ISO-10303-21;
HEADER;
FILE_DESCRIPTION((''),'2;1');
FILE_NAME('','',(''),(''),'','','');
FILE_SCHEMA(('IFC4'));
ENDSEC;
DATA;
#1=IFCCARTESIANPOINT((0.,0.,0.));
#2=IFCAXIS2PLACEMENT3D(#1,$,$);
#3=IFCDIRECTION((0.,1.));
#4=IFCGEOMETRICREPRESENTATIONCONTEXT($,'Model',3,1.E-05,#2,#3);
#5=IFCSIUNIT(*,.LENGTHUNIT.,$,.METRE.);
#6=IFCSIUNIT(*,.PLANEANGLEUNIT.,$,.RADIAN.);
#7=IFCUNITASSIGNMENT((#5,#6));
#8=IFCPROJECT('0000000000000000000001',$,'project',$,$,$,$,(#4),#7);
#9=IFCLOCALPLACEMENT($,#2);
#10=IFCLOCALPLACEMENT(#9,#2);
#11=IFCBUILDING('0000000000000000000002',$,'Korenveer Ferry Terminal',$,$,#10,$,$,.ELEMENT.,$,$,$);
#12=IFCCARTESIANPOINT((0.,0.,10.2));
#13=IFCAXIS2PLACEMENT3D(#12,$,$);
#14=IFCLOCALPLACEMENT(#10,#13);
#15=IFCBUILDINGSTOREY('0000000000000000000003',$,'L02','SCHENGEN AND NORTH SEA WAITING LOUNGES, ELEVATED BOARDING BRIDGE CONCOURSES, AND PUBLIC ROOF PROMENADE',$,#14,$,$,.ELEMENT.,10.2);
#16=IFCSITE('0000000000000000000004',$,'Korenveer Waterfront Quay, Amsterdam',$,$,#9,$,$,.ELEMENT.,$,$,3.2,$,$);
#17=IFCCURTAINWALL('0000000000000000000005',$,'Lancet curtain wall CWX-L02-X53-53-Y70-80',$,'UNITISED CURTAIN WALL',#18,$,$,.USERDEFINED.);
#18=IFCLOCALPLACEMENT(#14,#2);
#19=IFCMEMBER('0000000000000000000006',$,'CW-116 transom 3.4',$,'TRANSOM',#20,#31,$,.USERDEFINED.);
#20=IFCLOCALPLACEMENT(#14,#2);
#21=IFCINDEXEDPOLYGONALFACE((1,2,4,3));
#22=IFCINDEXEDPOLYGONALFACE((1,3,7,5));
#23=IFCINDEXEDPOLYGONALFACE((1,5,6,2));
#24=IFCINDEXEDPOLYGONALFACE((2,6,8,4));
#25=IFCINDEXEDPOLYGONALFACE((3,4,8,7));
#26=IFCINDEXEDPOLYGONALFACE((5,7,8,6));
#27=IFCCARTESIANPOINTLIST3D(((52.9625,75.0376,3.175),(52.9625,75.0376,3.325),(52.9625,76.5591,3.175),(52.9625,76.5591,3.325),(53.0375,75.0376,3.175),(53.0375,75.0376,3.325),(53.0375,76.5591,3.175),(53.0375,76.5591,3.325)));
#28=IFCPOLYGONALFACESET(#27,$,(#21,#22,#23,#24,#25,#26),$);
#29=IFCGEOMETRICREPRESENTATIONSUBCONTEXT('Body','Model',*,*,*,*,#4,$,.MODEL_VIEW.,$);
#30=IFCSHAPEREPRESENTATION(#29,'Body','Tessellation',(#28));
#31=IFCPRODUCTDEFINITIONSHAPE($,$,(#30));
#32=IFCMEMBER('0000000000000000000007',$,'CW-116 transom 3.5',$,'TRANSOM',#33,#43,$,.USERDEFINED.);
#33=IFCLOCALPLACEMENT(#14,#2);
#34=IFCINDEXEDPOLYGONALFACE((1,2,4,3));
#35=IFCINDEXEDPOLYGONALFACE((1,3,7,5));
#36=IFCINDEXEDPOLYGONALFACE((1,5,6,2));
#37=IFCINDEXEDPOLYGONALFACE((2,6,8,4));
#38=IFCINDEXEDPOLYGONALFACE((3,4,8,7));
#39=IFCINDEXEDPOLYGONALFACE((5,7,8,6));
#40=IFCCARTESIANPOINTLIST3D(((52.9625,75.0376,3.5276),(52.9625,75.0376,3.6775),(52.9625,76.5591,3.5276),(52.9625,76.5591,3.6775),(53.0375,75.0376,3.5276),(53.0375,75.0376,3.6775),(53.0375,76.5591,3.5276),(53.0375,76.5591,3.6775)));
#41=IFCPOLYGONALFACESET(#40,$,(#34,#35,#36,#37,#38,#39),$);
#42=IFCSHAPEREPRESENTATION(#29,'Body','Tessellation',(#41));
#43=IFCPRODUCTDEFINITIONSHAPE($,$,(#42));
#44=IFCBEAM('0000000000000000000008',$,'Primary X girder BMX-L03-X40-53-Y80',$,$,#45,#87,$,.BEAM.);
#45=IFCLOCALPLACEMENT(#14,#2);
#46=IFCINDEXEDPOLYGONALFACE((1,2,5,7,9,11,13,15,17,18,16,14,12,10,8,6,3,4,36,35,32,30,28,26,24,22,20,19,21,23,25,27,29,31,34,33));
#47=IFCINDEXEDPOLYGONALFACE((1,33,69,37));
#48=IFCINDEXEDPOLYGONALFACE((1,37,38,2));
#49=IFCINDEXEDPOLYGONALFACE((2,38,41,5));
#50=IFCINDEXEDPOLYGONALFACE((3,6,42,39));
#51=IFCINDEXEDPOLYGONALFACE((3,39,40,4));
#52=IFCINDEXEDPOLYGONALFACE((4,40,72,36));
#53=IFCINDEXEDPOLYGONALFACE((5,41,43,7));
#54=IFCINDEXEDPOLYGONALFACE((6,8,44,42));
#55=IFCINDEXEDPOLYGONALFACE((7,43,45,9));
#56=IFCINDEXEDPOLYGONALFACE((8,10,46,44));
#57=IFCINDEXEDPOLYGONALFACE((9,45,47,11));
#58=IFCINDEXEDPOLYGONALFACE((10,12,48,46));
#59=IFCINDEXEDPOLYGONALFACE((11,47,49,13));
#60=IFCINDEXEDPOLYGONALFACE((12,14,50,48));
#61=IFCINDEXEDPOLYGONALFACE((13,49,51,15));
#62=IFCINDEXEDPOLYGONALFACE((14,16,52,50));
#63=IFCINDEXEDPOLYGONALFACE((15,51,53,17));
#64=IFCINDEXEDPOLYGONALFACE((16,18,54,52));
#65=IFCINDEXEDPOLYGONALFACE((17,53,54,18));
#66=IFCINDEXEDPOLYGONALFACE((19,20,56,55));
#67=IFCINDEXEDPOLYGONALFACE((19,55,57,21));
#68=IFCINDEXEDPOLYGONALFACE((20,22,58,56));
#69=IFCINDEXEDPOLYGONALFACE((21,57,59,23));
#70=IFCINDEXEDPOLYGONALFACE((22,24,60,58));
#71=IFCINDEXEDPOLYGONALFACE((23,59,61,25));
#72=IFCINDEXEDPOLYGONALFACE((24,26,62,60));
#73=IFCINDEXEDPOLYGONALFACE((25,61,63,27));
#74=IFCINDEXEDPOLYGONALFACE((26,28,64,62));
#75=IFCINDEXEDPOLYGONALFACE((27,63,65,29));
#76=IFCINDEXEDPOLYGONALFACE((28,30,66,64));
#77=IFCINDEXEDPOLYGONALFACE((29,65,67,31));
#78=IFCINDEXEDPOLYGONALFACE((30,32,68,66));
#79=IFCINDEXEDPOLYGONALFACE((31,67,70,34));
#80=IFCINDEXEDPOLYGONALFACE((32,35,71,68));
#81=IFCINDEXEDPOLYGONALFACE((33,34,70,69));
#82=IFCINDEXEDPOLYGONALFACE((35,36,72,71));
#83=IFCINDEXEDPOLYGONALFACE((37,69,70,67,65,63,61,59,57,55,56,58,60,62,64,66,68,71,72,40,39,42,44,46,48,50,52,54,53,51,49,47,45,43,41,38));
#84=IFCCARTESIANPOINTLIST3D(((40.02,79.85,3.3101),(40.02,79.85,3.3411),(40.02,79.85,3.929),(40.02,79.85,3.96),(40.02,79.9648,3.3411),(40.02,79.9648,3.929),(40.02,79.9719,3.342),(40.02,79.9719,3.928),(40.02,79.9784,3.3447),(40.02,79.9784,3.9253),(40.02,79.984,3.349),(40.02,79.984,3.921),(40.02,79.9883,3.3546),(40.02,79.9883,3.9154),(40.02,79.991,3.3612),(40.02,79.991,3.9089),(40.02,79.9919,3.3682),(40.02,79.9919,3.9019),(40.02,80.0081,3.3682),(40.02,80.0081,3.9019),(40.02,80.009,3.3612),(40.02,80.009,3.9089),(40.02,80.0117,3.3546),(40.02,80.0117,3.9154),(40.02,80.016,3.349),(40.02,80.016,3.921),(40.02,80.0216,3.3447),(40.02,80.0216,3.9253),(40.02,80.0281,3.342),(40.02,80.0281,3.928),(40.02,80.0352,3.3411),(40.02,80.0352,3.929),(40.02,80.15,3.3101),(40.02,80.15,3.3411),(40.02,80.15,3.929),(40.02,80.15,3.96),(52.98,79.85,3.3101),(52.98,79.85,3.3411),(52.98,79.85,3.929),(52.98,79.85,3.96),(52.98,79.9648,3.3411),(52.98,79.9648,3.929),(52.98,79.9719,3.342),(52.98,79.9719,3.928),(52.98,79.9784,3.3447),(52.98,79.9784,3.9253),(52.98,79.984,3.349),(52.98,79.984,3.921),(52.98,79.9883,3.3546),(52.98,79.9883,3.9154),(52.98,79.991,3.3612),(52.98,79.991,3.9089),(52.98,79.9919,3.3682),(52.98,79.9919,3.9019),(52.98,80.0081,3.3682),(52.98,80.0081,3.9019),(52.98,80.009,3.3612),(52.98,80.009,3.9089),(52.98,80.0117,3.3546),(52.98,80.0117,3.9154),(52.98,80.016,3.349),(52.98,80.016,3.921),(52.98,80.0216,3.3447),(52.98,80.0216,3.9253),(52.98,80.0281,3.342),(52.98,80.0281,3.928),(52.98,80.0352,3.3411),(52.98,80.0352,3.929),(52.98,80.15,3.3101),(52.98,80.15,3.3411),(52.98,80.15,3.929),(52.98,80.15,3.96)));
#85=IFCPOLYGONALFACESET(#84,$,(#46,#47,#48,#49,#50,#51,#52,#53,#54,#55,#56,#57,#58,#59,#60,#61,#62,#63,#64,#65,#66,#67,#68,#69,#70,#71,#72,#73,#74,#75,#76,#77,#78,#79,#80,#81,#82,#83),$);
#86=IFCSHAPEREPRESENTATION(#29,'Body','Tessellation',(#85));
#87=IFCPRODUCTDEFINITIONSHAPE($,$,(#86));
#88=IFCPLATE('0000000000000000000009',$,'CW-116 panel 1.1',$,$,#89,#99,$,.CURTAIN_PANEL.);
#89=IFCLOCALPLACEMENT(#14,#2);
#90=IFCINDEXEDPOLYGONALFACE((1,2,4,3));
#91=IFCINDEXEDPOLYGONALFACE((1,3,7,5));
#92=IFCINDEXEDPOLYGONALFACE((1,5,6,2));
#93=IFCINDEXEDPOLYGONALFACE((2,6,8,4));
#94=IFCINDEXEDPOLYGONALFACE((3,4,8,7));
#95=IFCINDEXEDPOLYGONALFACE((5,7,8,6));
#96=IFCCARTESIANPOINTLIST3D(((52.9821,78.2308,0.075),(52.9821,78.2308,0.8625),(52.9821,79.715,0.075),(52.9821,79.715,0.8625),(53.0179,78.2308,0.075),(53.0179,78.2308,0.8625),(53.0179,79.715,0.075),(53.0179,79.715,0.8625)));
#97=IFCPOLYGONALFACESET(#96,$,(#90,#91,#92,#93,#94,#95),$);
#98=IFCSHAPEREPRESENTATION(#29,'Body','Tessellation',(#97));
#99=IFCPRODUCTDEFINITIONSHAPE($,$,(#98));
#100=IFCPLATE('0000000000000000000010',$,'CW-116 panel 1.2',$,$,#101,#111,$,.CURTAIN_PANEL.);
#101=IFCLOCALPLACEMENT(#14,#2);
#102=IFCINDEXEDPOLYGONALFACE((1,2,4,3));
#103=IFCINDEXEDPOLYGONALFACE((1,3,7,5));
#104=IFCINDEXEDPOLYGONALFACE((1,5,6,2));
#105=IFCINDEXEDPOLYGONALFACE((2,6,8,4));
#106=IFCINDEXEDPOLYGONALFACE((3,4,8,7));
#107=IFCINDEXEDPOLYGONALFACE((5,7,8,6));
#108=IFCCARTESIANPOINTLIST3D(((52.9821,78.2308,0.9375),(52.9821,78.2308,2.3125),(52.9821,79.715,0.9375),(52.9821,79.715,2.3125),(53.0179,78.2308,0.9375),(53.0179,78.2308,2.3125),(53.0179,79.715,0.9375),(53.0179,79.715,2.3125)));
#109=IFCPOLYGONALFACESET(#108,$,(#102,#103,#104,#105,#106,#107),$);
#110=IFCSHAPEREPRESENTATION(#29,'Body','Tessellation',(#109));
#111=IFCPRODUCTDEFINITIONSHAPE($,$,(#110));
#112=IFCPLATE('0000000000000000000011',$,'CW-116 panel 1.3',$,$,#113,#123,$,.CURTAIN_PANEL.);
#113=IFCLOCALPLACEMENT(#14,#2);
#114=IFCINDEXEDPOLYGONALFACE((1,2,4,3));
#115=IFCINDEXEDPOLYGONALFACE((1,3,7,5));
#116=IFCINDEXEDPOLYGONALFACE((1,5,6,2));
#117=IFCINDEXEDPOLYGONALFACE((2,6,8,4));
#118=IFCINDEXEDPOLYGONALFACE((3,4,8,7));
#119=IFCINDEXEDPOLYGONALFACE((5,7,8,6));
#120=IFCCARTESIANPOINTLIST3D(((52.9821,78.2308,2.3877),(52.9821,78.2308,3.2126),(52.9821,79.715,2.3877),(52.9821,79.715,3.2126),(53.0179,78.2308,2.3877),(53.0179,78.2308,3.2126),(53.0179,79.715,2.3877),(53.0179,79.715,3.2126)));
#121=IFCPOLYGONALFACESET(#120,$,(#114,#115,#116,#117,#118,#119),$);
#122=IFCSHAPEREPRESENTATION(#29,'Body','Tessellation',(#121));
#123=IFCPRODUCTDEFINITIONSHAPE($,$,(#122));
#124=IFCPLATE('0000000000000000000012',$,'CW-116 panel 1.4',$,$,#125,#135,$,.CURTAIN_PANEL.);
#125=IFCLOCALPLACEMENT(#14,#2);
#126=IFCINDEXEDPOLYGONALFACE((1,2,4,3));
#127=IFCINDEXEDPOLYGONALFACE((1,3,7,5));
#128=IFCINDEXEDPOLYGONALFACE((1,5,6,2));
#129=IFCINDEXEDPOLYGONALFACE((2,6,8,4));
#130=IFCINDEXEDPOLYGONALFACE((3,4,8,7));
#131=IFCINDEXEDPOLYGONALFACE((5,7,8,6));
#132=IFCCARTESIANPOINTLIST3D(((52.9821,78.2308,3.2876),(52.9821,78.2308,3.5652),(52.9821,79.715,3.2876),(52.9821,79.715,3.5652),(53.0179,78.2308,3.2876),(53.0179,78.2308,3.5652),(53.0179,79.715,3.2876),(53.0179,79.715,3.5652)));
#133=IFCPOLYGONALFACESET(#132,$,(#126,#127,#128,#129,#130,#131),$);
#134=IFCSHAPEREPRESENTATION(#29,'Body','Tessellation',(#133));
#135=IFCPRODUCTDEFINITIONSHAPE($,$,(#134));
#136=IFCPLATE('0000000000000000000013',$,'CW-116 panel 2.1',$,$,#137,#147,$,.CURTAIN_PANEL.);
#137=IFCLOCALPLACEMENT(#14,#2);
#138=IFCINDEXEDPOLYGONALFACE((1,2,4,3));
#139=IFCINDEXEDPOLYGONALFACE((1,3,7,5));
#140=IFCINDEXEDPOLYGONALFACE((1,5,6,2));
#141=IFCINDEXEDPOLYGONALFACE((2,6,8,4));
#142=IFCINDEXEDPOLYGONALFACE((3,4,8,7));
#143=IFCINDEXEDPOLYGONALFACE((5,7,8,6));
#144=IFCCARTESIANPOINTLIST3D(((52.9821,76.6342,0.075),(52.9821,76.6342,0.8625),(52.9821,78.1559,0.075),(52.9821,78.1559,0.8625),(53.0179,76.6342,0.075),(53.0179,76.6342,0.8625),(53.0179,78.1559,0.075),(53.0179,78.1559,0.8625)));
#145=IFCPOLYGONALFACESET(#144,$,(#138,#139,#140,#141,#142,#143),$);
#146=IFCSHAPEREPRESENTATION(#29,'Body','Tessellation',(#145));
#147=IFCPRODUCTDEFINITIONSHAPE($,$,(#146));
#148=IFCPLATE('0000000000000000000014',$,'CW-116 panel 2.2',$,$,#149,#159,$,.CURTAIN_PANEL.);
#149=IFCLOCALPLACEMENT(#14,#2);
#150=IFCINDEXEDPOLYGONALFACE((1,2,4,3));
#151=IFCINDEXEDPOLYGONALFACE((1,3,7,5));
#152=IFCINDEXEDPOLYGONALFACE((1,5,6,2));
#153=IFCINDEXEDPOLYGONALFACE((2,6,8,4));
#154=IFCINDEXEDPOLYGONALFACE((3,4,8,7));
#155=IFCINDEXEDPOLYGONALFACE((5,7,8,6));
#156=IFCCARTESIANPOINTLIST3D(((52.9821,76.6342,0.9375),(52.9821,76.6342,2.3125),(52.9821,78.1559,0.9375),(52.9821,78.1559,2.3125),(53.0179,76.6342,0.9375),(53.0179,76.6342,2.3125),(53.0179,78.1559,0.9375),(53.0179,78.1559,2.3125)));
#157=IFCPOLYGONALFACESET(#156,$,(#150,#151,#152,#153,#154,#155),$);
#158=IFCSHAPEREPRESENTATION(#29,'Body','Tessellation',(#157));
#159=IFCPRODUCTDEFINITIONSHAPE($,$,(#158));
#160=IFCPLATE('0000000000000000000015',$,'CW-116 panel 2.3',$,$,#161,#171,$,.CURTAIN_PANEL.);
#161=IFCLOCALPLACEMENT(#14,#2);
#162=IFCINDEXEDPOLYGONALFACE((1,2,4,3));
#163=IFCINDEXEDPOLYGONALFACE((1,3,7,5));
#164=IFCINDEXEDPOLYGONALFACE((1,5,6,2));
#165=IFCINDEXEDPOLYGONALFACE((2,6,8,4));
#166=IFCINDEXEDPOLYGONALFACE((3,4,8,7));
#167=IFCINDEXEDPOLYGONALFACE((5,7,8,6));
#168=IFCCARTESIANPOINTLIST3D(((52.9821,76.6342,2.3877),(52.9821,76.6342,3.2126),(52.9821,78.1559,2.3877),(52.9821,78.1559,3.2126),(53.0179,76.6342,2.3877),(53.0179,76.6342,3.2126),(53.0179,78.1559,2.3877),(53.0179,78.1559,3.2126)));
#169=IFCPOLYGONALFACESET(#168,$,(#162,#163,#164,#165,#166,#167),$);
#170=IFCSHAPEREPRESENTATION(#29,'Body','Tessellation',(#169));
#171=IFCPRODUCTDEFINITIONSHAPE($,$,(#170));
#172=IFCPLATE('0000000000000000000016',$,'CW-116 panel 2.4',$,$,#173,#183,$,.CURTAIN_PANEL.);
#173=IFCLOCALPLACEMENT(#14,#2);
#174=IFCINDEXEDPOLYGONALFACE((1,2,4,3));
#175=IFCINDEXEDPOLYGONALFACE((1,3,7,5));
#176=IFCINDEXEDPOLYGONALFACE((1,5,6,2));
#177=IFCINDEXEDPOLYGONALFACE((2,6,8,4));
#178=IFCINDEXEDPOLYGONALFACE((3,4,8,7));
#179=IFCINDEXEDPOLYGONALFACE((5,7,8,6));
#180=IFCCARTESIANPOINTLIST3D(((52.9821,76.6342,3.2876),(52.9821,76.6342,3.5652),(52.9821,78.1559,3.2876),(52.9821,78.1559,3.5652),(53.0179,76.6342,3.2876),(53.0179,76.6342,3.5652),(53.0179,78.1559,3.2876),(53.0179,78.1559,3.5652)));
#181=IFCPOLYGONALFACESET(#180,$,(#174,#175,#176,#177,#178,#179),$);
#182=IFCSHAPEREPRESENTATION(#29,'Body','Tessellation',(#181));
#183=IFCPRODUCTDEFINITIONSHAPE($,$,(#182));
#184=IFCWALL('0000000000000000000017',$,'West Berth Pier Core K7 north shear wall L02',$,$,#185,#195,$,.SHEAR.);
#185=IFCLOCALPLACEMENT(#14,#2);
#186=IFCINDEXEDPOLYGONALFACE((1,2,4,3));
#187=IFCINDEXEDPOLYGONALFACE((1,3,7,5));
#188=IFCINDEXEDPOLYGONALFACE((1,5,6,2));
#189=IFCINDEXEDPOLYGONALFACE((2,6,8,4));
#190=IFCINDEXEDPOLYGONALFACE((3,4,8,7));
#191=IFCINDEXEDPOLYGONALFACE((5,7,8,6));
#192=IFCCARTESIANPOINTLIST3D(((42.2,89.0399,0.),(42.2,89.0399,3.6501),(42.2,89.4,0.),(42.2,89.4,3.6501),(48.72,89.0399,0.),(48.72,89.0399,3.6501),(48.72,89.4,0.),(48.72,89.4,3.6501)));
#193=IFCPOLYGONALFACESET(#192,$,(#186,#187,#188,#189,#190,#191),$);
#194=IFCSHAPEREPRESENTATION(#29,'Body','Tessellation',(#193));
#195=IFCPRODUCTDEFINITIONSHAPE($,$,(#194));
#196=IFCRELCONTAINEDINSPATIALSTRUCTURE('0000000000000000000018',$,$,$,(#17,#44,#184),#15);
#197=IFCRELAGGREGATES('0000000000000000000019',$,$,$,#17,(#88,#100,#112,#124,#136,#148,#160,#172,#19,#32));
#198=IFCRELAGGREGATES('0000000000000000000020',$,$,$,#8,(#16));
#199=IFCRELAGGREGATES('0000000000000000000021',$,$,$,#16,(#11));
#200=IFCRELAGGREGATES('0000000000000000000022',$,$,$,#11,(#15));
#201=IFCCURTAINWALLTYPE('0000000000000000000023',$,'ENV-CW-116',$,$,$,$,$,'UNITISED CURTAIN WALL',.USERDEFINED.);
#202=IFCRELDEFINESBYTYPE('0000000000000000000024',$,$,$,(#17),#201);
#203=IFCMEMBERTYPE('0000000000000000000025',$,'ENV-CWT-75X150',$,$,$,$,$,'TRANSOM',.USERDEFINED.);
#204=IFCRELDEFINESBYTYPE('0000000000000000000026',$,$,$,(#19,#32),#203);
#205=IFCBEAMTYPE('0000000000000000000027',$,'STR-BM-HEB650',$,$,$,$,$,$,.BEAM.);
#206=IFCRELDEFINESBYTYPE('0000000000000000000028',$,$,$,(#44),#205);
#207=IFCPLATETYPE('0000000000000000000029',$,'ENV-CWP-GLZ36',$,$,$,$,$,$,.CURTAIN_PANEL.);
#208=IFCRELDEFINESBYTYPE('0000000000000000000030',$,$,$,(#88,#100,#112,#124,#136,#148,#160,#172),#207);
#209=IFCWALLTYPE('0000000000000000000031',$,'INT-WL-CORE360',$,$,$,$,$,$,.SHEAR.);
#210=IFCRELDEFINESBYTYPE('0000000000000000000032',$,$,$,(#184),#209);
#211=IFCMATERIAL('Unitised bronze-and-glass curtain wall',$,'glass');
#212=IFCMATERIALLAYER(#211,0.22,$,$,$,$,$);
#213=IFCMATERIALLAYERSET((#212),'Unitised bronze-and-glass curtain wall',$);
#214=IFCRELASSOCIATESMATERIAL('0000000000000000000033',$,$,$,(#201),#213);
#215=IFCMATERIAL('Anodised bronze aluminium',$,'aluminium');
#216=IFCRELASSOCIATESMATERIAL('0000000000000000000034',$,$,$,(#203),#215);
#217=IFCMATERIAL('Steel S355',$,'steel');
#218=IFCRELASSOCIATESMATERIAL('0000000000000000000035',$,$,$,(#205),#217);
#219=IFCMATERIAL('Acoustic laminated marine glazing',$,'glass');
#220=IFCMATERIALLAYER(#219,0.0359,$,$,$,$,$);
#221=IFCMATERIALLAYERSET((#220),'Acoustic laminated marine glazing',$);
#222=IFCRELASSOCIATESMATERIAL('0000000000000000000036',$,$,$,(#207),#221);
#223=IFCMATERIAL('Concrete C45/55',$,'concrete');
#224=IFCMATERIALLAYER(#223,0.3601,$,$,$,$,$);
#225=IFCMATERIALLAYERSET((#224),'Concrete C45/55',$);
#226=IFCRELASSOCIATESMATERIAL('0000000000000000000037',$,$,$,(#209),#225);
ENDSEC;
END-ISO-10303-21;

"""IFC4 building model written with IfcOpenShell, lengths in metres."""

from ifc_helpers import new_model, si_unit, direction, frame, frame_2d, origin, origin_2d, place, context, subcontext, project, spatial, rectangle, i_section, extrude, material, layer, layer_set, material_profile, profile_set, type_object, element, aggregate, save


model = new_model("IFC4")

# Units and contexts
model_context = context("Model", 3, precision=1e-05, world=origin(), true_north=direction((0.0, 1.0)))
body_context = subcontext(model_context, "Body", "Model", "MODEL_VIEW")
ifc_project = project(units=[si_unit("LENGTHUNIT", "METRE"), si_unit("PLANEANGLEUNIT", "RADIAN")], contexts=[model_context])

# Site, building, storey
site_placement = place(None, origin())
site = spatial("IfcSite", under=ifc_project, at=site_placement, Name="Korenveer Waterfront Quay, Amsterdam", CompositionType="ELEMENT", RefElevation=3.2)
building_placement = place(site_placement, origin())
building = spatial("IfcBuilding", under=site, at=building_placement, Name="Korenveer Ferry Terminal", CompositionType="ELEMENT")
storey_placement = place(building_placement, frame((0.0, 0.0, 10.2)))
storey = spatial("IfcBuildingStorey", under=building, at=storey_placement, Name="L02", Description="SCHENGEN AND NORTH SEA WAITING LOUNGES, ELEVATED BOARDING BRIDGE CONCOURSES, AND PUBLIC ROOF PROMENADE", CompositionType="ELEMENT", Elevation=10.2)

# Curtain wall, members
ifc_material_1 = material(Name="Unitised bronze-and-glass curtain wall", Category="glass")
ifc_layer_1 = layer(ifc_material_1, 0.22)
ifc_layer_set_1 = layer_set([ifc_layer_1], Name="Unitised bronze-and-glass curtain wall")
curtain_wall_type = type_object("IfcCurtainWallType", Name="ENV-CW-116", ElementType="UNITISED CURTAIN WALL", PredefinedType="USERDEFINED", material=ifc_layer_set_1)
curtain_wall_placement = place(storey_placement, frame((53.0, 79.79, 0.0)))
curtain_wall = element("IfcCurtainWall", 1, at=curtain_wall_placement, inside=storey, type_object=curtain_wall_type, Name="Lancet curtain wall CWX-L02-X53-53-Y70-80", ObjectType="UNITISED CURTAIN WALL", PredefinedType="USERDEFINED")
ifc_material_2 = material(Name="Anodised bronze aluminium", Category="aluminium")
ifc_material_profile_1 = material_profile(ifc_material_2, rectangle(XDim=0.075, YDim=0.1499, at=origin_2d()), Name="ALU 75x150")
ifc_profile_set_1 = profile_set([ifc_material_profile_1], Name="Anodised bronze aluminium")
member_type_1 = type_object("IfcMemberType", Name="ENV-CWT-75X150", ElementType="TRANSOM", PredefinedType="USERDEFINED", material=ifc_profile_set_1)
member_1_placement = place(storey_placement, frame((53.0, 76.5591, 3.25), z_axis=(0.0, -1.0, 0.0), x_axis=(1.0, 0.0, 0.0)))
member_1 = element("IfcMember", 2, at=member_1_placement, type_object=member_type_1, Name="CW-116 transom 3.4", ObjectType="TRANSOM", PredefinedType="USERDEFINED", context=body_context, shape_type="SweptSolid", body=[
    extrude(rectangle(XDim=0.075, YDim=0.1499, at=origin_2d()), origin(), (0.0, 0.0, 1.0), 1.5215),
])
member_2_placement = place(storey_placement, frame((53.0, 76.5591, 3.6025), z_axis=(0.0, -1.0, 0.0), x_axis=(1.0, 0.0, 0.0)))
member_2 = element("IfcMember", 3, at=member_2_placement, type_object=member_type_1, Name="CW-116 transom 3.5", ObjectType="TRANSOM", PredefinedType="USERDEFINED", context=body_context, shape_type="SweptSolid", body=[
    extrude(rectangle(XDim=0.075, YDim=0.1499, at=origin_2d()), origin(), (0.0, 0.0, 1.0), 1.5215),
])

# Beam
ifc_material_3 = material(Name="Steel S355", Category="steel")
ifc_material_profile_2 = material_profile(ifc_material_3, i_section(OverallWidth=0.3, OverallDepth=0.6499, WebThickness=0.0161, FlangeThickness=0.031, FilletRadius=0.0271, at=origin_2d()), Name="HEB 650")
ifc_profile_set_2 = profile_set([ifc_material_profile_2], Name="Steel S355")
beam_type = type_object("IfcBeamType", Name="STR-BM-HEB650", PredefinedType="BEAM", material=ifc_profile_set_2)
beam_placement = place(storey_placement, frame((40.02, 80.0, 3.635), z_axis=(1.0, 0.0, 0.0), x_axis=(0.0, 1.0, 0.0)))
element("IfcBeam", 4, at=beam_placement, inside=storey, type_object=beam_type, Name="Primary X girder BMX-L03-X40-53-Y80", PredefinedType="BEAM", context=body_context, shape_type="SweptSolid", body=[
    extrude(i_section(OverallWidth=0.3, OverallDepth=0.6499, WebThickness=0.0161, FlangeThickness=0.031, FilletRadius=0.0271, at=origin_2d()), origin(), (0.0, 0.0, 1.0), 12.96),
])

# Plates
ifc_material_4 = material(Name="Acoustic laminated marine glazing", Category="glass")
ifc_layer_2 = layer(ifc_material_4, 0.0359)
ifc_layer_set_2 = layer_set([ifc_layer_2], Name="Acoustic laminated marine glazing")
plate_type = type_object("IfcPlateType", Name="ENV-CWP-GLZ36", PredefinedType="CURTAIN_PANEL", material=ifc_layer_set_2)
plate_1_placement = place(storey_placement, frame((53.0, 78.9729, 0.075), z_axis=(0.0, 0.0, 1.0), x_axis=(0.0, -1.0, 0.0)))
plate_1 = element("IfcPlate", 5, at=plate_1_placement, type_object=plate_type, Name="CW-116 panel 1.1", PredefinedType="CURTAIN_PANEL", context=body_context, shape_type="SweptSolid", body=[
    extrude(rectangle(XDim=1.4841, YDim=0.0359, at=origin_2d()), origin(), (0.0, 0.0, 1.0), 0.7876),
])
plate_2_placement = place(storey_placement, frame((53.0, 78.9729, 0.9375), z_axis=(0.0, 0.0, 1.0), x_axis=(0.0, -1.0, 0.0)))
plate_2 = element("IfcPlate", 6, at=plate_2_placement, type_object=plate_type, Name="CW-116 panel 1.2", PredefinedType="CURTAIN_PANEL", context=body_context, shape_type="SweptSolid", body=[
    extrude(rectangle(XDim=1.4841, YDim=0.0359, at=origin_2d()), origin(), (0.0, 0.0, 1.0), 1.375),
])
plate_3_placement = place(storey_placement, frame((53.0, 78.9729, 2.3877), z_axis=(0.0, 0.0, 1.0), x_axis=(0.0, -1.0, 0.0)))
plate_3 = element("IfcPlate", 7, at=plate_3_placement, type_object=plate_type, Name="CW-116 panel 1.3", PredefinedType="CURTAIN_PANEL", context=body_context, shape_type="SweptSolid", body=[
    extrude(rectangle(XDim=1.4841, YDim=0.0359, at=origin_2d()), origin(), (0.0, 0.0, 1.0), 0.825),
])
plate_4_placement = place(storey_placement, frame((53.0, 78.9729, 3.2876), z_axis=(0.0, 0.0, 1.0), x_axis=(0.0, -1.0, 0.0)))
plate_4 = element("IfcPlate", 8, at=plate_4_placement, type_object=plate_type, Name="CW-116 panel 1.4", PredefinedType="CURTAIN_PANEL", context=body_context, shape_type="SweptSolid", body=[
    extrude(rectangle(XDim=1.4841, YDim=0.0359, at=origin_2d()), origin(), (0.0, 0.0, 1.0), 0.2776),
])
plate_5_placement = place(storey_placement, frame((53.0, 77.395, 0.075), z_axis=(0.0, 0.0, 1.0), x_axis=(0.0, -1.0, 0.0)))
plate_5 = element("IfcPlate", 9, at=plate_5_placement, type_object=plate_type, Name="CW-116 panel 2.1", PredefinedType="CURTAIN_PANEL", context=body_context, shape_type="SweptSolid", body=[
    extrude(rectangle(XDim=1.5217, YDim=0.0359, at=origin_2d()), origin(), (0.0, 0.0, 1.0), 0.7876),
])
plate_6_placement = place(storey_placement, frame((53.0, 77.395, 0.9375), z_axis=(0.0, 0.0, 1.0), x_axis=(0.0, -1.0, 0.0)))
plate_6 = element("IfcPlate", 10, at=plate_6_placement, type_object=plate_type, Name="CW-116 panel 2.2", PredefinedType="CURTAIN_PANEL", context=body_context, shape_type="SweptSolid", body=[
    extrude(rectangle(XDim=1.5217, YDim=0.0359, at=origin_2d()), origin(), (0.0, 0.0, 1.0), 1.375),
])
plate_7_placement = place(storey_placement, frame((53.0, 77.395, 2.3877), z_axis=(0.0, 0.0, 1.0), x_axis=(0.0, -1.0, 0.0)))
plate_7 = element("IfcPlate", 11, at=plate_7_placement, type_object=plate_type, Name="CW-116 panel 2.3", PredefinedType="CURTAIN_PANEL", context=body_context, shape_type="SweptSolid", body=[
    extrude(rectangle(XDim=1.5217, YDim=0.0359, at=origin_2d()), origin(), (0.0, 0.0, 1.0), 0.825),
])
plate_8_placement = place(storey_placement, frame((53.0, 77.395, 3.2876), z_axis=(0.0, 0.0, 1.0), x_axis=(0.0, -1.0, 0.0)))
plate_8 = element("IfcPlate", 12, at=plate_8_placement, type_object=plate_type, Name="CW-116 panel 2.4", PredefinedType="CURTAIN_PANEL", context=body_context, shape_type="SweptSolid", body=[
    extrude(rectangle(XDim=1.5217, YDim=0.0359, at=origin_2d()), origin(), (0.0, 0.0, 1.0), 0.2776),
])
aggregate(curtain_wall, [plate_1, plate_2, plate_3, plate_4, plate_5, plate_6, plate_7, plate_8, member_1, member_2])

# Shared definitions
ifc_material_5 = material(Name="Concrete C45/55", Category="concrete")
ifc_layer_3 = layer(ifc_material_5, 0.3601)
ifc_layer_set_3 = layer_set([ifc_layer_3], Name="Concrete C45/55")
wall_type = type_object("IfcWallType", Name="INT-WL-CORE360", PredefinedType="SHEAR", material=ifc_layer_set_3)

# Wall
wall_1_placement = place(storey_placement, frame((42.2, 89.22, 0.0), z_axis=(0.0, 0.0, 1.0), x_axis=(1.0, 0.0, 0.0)))
element("IfcWall", 13, at=wall_1_placement, inside=storey, type_object=wall_type, Name="West Berth Pier Core K7 north shear wall L02", PredefinedType="SHEAR", context=body_context, shape_type="SweptSolid", body=[
    extrude(rectangle(XDim=6.52, YDim=0.3601, at=frame_2d((3.26, 0.0))), origin(), (0.0, 0.0, 1.0), 3.6501),
])

save(model, "model.ifc")
